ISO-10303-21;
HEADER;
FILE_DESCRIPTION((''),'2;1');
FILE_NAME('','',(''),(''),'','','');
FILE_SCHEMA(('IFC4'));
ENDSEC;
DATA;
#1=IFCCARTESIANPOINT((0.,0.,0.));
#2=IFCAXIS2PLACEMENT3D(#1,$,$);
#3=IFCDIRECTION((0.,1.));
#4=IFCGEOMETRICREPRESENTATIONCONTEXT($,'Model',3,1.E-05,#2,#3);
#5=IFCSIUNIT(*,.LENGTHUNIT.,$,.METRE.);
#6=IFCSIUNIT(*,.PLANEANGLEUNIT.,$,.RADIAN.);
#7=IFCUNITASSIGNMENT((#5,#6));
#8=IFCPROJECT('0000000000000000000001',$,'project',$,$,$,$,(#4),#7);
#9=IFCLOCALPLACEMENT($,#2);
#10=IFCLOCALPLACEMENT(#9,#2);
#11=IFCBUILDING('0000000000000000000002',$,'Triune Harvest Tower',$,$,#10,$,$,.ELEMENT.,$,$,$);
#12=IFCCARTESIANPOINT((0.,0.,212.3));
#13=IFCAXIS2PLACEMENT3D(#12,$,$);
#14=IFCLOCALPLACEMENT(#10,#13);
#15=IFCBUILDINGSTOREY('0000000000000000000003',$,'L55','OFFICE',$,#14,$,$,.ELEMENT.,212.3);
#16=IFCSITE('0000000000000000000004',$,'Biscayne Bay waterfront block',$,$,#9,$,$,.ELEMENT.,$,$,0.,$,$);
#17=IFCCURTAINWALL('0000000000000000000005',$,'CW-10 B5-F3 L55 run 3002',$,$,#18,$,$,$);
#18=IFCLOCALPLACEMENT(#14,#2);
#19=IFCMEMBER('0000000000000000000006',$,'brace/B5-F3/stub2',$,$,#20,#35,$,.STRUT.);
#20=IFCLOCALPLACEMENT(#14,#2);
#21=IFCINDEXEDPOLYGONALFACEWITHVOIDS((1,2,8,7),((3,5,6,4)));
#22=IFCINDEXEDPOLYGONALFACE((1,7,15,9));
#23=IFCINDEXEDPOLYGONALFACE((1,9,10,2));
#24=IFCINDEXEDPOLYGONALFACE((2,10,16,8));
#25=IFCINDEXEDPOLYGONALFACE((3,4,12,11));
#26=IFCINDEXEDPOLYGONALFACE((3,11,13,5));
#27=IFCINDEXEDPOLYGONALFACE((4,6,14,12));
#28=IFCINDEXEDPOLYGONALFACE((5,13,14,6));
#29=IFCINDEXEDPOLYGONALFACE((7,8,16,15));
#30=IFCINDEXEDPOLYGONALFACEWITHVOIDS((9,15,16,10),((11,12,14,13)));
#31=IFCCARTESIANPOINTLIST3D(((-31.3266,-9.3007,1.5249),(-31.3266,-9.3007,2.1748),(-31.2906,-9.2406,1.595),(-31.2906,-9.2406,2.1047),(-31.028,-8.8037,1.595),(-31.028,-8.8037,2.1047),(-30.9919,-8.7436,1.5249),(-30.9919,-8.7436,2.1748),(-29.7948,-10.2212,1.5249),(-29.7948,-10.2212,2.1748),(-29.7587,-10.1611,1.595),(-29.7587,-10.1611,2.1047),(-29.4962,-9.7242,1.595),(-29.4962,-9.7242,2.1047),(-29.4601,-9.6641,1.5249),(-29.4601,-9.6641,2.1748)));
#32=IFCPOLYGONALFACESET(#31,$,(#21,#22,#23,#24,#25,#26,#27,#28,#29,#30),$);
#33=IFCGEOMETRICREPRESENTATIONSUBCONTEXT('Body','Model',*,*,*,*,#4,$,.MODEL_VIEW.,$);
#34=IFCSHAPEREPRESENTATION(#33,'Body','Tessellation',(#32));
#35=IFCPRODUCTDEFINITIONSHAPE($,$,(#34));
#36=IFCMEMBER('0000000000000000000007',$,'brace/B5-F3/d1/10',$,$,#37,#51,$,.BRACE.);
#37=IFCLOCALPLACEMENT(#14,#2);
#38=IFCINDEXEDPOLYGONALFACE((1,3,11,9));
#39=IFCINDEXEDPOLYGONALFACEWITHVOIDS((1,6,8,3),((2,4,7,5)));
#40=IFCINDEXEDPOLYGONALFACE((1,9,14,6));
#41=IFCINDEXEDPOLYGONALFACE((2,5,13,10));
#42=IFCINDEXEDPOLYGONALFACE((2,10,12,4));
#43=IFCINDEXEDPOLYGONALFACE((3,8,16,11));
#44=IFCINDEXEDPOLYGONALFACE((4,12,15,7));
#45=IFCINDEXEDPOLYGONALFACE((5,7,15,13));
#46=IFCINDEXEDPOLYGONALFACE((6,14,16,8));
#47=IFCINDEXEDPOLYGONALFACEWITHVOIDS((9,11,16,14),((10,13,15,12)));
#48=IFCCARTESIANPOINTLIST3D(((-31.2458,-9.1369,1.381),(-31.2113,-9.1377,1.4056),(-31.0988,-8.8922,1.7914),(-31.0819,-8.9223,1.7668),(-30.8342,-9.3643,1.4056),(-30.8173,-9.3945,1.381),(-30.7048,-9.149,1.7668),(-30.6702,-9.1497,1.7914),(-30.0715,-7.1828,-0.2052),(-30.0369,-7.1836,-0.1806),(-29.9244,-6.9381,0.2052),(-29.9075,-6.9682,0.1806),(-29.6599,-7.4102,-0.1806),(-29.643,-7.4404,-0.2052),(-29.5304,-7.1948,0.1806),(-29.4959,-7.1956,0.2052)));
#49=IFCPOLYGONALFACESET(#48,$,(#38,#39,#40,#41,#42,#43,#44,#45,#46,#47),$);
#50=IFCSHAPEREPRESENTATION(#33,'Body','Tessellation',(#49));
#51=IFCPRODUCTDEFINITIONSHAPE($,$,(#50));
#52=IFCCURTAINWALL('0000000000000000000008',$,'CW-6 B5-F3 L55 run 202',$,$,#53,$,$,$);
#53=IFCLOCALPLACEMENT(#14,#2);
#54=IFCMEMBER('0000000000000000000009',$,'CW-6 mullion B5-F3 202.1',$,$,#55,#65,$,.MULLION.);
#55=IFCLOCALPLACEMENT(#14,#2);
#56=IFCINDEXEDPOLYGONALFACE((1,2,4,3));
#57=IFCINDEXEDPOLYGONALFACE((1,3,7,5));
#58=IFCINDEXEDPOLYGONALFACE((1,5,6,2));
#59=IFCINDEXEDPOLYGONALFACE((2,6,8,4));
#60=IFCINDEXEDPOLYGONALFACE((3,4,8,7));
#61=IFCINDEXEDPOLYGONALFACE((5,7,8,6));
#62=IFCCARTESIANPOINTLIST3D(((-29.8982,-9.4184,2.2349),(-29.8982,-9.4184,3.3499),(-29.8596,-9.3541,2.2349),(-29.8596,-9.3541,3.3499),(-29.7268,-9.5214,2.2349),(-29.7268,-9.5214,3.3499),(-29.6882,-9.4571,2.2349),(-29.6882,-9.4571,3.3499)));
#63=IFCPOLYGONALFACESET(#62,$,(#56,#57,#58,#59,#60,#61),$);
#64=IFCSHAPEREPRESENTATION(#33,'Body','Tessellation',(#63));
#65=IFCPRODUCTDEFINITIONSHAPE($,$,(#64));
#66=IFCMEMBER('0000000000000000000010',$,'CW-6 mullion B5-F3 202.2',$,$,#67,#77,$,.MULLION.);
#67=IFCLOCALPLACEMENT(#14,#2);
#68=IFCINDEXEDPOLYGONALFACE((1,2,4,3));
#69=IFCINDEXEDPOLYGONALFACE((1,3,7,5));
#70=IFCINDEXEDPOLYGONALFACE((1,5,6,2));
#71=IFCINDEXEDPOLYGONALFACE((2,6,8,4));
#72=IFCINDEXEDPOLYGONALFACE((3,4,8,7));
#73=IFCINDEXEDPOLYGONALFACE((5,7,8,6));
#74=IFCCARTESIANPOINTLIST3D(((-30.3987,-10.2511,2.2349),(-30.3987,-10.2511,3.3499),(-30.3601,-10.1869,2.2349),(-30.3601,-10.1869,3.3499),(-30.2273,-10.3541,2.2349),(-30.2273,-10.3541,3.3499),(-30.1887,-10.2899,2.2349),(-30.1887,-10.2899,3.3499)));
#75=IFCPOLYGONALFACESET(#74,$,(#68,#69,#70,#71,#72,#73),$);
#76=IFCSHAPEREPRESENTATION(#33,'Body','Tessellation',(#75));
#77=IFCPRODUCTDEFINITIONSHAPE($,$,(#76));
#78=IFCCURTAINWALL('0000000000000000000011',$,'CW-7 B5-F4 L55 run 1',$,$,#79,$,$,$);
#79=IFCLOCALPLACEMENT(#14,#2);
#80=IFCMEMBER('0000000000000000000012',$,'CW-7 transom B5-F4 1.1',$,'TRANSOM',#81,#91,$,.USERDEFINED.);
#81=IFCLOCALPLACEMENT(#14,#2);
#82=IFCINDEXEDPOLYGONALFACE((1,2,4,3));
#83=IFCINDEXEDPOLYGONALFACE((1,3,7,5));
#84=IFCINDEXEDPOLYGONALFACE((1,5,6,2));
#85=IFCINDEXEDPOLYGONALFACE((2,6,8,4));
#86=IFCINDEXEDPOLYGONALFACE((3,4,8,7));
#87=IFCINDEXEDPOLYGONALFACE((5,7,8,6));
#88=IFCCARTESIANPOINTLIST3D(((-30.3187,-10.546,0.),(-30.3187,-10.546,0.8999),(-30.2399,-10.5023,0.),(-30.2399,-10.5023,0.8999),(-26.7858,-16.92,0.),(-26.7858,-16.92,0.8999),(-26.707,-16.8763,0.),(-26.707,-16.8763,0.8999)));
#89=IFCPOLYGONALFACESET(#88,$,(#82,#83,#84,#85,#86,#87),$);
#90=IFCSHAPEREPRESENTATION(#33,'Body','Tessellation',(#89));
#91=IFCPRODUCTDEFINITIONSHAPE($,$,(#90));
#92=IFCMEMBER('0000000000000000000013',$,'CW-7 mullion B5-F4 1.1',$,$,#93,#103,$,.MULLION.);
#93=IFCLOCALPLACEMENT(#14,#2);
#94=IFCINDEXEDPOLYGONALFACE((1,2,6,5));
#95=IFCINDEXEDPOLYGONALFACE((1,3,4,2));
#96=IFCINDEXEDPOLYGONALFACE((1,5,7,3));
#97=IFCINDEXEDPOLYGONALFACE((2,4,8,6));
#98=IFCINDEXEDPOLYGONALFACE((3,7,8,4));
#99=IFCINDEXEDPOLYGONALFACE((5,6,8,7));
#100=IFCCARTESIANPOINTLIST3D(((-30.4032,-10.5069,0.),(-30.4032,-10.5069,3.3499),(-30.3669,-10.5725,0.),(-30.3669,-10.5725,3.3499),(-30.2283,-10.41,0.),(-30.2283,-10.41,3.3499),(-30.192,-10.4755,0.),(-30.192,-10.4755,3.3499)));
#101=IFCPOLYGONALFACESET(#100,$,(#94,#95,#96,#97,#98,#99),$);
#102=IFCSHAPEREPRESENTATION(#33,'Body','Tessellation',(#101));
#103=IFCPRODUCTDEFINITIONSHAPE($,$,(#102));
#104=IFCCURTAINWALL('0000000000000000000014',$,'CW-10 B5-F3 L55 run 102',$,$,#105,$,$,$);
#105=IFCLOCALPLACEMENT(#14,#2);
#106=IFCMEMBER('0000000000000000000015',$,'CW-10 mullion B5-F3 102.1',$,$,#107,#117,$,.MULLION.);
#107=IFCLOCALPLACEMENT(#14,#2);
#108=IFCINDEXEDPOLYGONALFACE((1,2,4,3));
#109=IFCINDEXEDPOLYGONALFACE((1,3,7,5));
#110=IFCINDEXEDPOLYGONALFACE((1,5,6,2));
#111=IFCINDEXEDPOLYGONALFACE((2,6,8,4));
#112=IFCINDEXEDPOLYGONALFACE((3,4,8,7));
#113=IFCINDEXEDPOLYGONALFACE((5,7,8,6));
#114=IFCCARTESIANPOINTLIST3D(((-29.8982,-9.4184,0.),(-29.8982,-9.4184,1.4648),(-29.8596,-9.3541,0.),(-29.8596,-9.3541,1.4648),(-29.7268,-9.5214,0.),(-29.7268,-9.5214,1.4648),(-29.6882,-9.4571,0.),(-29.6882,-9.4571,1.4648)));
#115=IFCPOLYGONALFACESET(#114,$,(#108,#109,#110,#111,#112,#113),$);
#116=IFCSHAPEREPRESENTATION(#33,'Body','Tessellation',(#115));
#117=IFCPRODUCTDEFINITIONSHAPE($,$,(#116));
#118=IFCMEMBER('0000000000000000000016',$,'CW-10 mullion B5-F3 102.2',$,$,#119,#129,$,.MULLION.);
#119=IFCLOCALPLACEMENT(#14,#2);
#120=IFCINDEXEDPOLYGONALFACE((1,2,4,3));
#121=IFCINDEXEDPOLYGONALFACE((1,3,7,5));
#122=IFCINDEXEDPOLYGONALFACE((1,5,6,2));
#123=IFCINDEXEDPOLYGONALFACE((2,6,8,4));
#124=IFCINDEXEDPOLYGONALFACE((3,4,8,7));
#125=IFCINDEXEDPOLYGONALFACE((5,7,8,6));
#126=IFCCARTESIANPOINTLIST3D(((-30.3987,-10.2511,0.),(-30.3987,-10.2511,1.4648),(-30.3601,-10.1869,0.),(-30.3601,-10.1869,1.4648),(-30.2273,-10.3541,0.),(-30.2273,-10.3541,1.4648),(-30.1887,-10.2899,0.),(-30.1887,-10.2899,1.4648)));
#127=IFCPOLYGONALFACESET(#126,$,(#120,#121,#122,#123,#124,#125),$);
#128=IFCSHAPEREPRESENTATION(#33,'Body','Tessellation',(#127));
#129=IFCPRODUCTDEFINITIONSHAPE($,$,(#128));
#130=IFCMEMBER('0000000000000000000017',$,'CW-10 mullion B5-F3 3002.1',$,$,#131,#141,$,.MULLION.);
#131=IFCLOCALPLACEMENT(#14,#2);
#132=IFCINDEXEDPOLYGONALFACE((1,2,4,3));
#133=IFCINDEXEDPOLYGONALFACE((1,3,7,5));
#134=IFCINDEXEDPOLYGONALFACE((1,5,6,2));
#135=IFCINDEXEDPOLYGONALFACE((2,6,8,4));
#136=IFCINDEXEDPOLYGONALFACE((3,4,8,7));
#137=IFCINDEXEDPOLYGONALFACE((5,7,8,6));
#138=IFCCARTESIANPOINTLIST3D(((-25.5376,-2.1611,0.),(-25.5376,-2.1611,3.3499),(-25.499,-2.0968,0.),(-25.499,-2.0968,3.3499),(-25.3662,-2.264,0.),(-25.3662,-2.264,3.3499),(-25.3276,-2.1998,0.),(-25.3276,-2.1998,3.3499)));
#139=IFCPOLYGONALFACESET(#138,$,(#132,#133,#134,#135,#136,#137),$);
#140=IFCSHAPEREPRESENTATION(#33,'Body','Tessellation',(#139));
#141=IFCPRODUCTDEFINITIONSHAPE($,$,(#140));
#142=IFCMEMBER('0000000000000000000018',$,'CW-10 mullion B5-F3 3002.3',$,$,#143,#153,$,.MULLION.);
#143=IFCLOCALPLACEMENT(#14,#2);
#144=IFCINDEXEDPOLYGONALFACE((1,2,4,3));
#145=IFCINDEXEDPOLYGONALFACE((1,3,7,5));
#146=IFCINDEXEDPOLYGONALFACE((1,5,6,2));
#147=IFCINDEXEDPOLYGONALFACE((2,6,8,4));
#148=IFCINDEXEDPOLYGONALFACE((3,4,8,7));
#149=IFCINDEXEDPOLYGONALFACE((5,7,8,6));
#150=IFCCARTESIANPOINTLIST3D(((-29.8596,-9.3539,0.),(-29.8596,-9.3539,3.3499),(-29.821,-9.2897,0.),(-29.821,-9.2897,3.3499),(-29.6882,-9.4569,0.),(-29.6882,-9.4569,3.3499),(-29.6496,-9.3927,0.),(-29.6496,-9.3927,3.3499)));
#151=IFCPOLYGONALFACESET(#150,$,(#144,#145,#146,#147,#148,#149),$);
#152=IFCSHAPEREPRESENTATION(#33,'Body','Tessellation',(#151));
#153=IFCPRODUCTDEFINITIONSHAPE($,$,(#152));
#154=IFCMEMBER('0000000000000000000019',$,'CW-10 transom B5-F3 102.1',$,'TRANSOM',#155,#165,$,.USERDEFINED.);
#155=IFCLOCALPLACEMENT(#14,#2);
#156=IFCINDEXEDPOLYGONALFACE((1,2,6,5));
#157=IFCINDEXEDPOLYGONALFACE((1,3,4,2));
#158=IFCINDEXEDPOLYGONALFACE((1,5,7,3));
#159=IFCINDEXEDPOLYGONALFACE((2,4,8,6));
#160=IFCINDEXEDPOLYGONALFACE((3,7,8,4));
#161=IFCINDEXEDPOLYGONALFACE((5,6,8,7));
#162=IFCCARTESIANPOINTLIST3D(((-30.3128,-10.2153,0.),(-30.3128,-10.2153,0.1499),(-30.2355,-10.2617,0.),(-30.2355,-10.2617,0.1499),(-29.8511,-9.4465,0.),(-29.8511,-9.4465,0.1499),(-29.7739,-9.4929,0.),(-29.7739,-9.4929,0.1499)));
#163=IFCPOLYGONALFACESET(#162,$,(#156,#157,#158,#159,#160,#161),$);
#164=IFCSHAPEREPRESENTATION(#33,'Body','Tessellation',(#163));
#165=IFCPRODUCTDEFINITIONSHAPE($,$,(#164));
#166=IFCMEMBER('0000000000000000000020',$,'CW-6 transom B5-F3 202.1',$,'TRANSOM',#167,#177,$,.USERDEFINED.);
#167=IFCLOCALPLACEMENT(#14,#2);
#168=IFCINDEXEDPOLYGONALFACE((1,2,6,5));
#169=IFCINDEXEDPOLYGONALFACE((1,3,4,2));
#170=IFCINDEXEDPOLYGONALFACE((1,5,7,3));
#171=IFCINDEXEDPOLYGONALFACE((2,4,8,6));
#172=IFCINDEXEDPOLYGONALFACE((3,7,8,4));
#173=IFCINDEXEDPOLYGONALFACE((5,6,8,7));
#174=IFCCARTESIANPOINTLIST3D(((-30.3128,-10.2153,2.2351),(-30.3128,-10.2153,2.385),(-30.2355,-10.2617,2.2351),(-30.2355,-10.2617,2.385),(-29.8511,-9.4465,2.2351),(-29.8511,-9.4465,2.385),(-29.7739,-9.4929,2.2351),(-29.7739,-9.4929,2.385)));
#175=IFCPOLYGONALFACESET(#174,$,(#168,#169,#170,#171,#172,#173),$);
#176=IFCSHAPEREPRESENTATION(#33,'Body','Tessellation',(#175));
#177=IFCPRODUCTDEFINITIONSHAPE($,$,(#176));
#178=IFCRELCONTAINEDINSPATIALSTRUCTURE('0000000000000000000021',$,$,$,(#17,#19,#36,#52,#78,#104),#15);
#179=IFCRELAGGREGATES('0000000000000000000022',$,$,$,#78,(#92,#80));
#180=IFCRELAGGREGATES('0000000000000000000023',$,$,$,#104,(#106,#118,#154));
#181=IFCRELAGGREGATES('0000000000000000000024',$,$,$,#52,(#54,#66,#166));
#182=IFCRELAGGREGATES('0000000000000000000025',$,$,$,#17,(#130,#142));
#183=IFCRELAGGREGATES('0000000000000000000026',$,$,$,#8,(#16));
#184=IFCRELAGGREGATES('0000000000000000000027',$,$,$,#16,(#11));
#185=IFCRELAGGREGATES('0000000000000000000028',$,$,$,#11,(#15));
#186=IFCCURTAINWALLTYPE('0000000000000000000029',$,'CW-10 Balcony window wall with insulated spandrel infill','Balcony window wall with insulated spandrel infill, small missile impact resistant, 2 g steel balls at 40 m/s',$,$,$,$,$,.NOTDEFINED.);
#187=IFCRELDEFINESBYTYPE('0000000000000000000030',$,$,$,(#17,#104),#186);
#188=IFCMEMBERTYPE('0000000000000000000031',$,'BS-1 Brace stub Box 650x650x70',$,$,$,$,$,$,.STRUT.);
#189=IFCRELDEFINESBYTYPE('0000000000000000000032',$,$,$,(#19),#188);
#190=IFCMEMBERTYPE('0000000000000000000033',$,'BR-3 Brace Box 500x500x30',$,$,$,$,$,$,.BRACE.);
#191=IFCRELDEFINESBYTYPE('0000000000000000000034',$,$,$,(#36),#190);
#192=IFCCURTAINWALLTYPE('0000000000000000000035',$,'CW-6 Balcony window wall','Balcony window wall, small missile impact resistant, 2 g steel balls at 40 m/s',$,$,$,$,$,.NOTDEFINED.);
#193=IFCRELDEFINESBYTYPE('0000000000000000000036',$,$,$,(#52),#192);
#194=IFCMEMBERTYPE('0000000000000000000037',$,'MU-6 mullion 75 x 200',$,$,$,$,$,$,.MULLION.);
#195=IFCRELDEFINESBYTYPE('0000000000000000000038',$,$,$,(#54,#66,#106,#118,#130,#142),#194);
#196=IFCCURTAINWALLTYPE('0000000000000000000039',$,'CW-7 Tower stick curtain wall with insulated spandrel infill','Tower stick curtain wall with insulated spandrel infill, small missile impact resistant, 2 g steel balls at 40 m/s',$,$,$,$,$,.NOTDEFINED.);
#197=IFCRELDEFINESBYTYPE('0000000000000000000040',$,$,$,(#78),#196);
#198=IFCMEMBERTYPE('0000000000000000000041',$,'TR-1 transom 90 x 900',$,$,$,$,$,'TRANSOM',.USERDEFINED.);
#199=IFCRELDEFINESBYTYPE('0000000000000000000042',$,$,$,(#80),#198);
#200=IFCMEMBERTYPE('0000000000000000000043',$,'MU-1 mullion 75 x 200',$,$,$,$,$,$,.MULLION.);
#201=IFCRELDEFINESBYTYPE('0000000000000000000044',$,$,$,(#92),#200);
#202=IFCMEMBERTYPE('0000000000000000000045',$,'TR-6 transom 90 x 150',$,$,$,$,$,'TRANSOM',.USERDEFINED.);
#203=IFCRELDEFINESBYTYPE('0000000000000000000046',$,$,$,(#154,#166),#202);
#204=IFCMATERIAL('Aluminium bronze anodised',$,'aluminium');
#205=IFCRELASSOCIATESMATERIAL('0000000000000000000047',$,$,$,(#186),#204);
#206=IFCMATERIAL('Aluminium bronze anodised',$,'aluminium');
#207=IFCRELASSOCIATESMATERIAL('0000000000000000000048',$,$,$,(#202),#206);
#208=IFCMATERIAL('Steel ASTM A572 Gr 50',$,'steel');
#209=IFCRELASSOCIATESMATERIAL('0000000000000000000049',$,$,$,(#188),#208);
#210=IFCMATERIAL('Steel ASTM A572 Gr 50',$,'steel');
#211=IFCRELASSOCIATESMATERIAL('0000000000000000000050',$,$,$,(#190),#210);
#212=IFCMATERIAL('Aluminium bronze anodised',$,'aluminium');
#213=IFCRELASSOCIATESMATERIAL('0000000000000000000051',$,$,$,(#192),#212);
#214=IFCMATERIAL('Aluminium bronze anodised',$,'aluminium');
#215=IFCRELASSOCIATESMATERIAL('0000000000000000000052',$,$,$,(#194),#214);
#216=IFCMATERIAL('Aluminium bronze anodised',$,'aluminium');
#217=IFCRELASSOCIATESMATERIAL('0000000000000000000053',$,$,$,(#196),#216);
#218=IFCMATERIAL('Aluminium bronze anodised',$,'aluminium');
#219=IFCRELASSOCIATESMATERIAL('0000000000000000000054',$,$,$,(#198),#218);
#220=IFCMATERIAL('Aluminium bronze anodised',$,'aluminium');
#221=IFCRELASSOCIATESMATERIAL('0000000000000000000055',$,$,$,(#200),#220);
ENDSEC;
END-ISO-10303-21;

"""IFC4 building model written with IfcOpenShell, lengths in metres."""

from ifc_helpers import new_model, si_unit, direction, frame, origin, origin_2d, place, context, subcontext, project, spatial, rectangle, hollow_rectangle, extrude, source, transform, mapped, material, material_profile, profile_set, type_object, element, aggregate, save


model = new_model("IFC4")

# Units and contexts
model_context = context("Model", 3, precision=1e-05, world=origin(), true_north=direction((0.0, 1.0)))
body_context = subcontext(model_context, "Body", "Model", "MODEL_VIEW")
ifc_project = project(units=[si_unit("LENGTHUNIT", "METRE"), si_unit("PLANEANGLEUNIT", "RADIAN")], contexts=[model_context])

# Site, building, storey
site_placement = place(None, origin())
site = spatial("IfcSite", under=ifc_project, at=site_placement, Name="Biscayne Bay waterfront block", CompositionType="ELEMENT", RefElevation=0.0)
building_placement = place(site_placement, origin())
building = spatial("IfcBuilding", under=site, at=building_placement, Name="Triune Harvest Tower", CompositionType="ELEMENT")
storey_placement = place(building_placement, frame((0.0, 0.0, 212.3)))
storey = spatial("IfcBuildingStorey", under=building, at=storey_placement, Name="L55", Description="OFFICE", CompositionType="ELEMENT", Elevation=212.3)

# Curtain wall
ifc_material_1 = material(Name="Aluminium bronze anodised", Category="aluminium")
curtain_wall_type_1 = type_object("IfcCurtainWallType", Name="CW-10 Balcony window wall with insulated spandrel infill", Description="Balcony window wall with insulated spandrel infill, small missile impact resistant, 2 g steel balls at 40 m/s", PredefinedType="NOTDEFINED", material=ifc_material_1)
curtain_wall_1_placement = place(storey_placement, origin())
curtain_wall_1 = element("IfcCurtainWall", 1, at=curtain_wall_1_placement, inside=storey, type_object=curtain_wall_type_1, Name="CW-10 B5-F3 L55 run 3002")
ifc_material_2 = material(Name="Aluminium bronze anodised", Category="aluminium")
ifc_material_profile_1 = material_profile(ifc_material_2, rectangle(XDim=0.0901, YDim=0.1499, at=origin_2d()), Name="TR-6 transom 90 x 150")
ifc_profile_set_1 = profile_set([ifc_material_profile_1], Name="Aluminium bronze anodised")
member_type_1 = type_object("IfcMemberType", Name="TR-6 transom 90 x 150", ElementType="TRANSOM", PredefinedType="USERDEFINED", material=ifc_profile_set_1)

# Members
ifc_material_3 = material(Name="Steel ASTM A572 Gr 50", Category="steel")
ifc_material_profile_2 = material_profile(ifc_material_3, hollow_rectangle(XDim=0.6499, YDim=0.6499, WallThickness=0.0701, at=origin_2d()), Name="Box 650x650x70")
ifc_profile_set_2 = profile_set([ifc_material_profile_2], Name="Steel ASTM A572 Gr 50")
member_type_2 = type_object("IfcMemberType", Name="BS-1 Brace stub Box 650x650x70", PredefinedType="STRUT", material=ifc_profile_set_2)
shared_shape_1 = source(origin(), body_context, "Body", "SweptSolid", [
    extrude(hollow_rectangle(XDim=0.6499, YDim=0.6499, WallThickness=0.0701, at=origin_2d()), origin(), (0.0, 0.0, 1.0), 1.7871),
])
member_1_placement = place(storey_placement, frame((-29.6274, -9.9426, 1.8499), z_axis=(-0.857155, 0.515058, 0.0), x_axis=(-0.515058, -0.857155, 0.0)))
element("IfcMember", 2, at=member_1_placement, inside=storey, type_object=member_type_2, Name="brace/B5-F3/stub2", PredefinedType="STRUT", context=body_context, shape_type="MappedRepresentation", body=[
    mapped(shared_shape_1, transform((0.0, 0.0, 0.0), scale=1.0)),
])
ifc_material_4 = material(Name="Steel ASTM A572 Gr 50", Category="steel")
ifc_material_profile_3 = material_profile(ifc_material_4, hollow_rectangle(XDim=0.5, YDim=0.5, WallThickness=0.03, at=origin_2d()), Name="Box 500x500x30")
ifc_profile_set_3 = profile_set([ifc_material_profile_3], Name="Steel ASTM A572 Gr 50")
member_type_3 = type_object("IfcMemberType", Name="BR-3 Brace Box 500x500x30", PredefinedType="BRACE", material=ifc_profile_set_3)
shared_shape_2 = source(origin(), body_context, "Body", "SweptSolid", [
    extrude(hollow_rectangle(XDim=0.5, YDim=0.5, WallThickness=0.03, at=origin_2d()), origin(), (0.0, 0.0, 1.0), 2.7773),
])
member_2_placement = place(storey_placement, frame((-29.7837, -7.1892, 0.0), z_axis=(-0.422824, -0.703593, 0.57112), x_axis=(0.857134, -0.515094, 0.0)))
element("IfcMember", 3, at=member_2_placement, inside=storey, type_object=member_type_3, Name="brace/B5-F3/d1/10", PredefinedType="BRACE", context=body_context, shape_type="MappedRepresentation", body=[
    mapped(shared_shape_2, transform((0.0, 0.0, 0.0), scale=1.0)),
])

# Curtain walls, members
ifc_material_5 = material(Name="Aluminium bronze anodised", Category="aluminium")
curtain_wall_type_2 = type_object("IfcCurtainWallType", Name="CW-6 Balcony window wall", Description="Balcony window wall, small missile impact resistant, 2 g steel balls at 40 m/s", PredefinedType="NOTDEFINED", material=ifc_material_5)
curtain_wall_2_placement = place(storey_placement, origin())
curtain_wall_2 = element("IfcCurtainWall", 4, at=curtain_wall_2_placement, inside=storey, type_object=curtain_wall_type_2, Name="CW-6 B5-F3 L55 run 202")
ifc_material_6 = material(Name="Aluminium bronze anodised", Category="aluminium")
ifc_material_profile_4 = material_profile(ifc_material_6, rectangle(XDim=0.2, YDim=0.075, at=origin_2d()), Name="MU-6 mullion 75 x 200")
ifc_profile_set_4 = profile_set([ifc_material_profile_4], Name="Aluminium bronze anodised")
member_type_4 = type_object("IfcMemberType", Name="MU-6 mullion 75 x 200", PredefinedType="MULLION", material=ifc_profile_set_4)
shared_shape_3 = source(origin(), body_context, "Body", "SweptSolid", [
    extrude(rectangle(XDim=0.2, YDim=0.075, at=origin_2d()), origin(), (0.0, 0.0, 1.0), 1.115),
])
member_3_placement = place(storey_placement, frame((-29.7932, -9.4377, 2.2349), z_axis=(0.0, 0.0, 1.0), x_axis=(0.857206, -0.514973, 0.0)))
member_3 = element("IfcMember", 5, at=member_3_placement, type_object=member_type_4, Name="CW-6 mullion B5-F3 202.1", PredefinedType="MULLION", context=body_context, shape_type="MappedRepresentation", body=[
    mapped(shared_shape_3, transform((0.0, 0.0, 0.0), scale=1.0)),
])
member_4_placement = place(storey_placement, frame((-30.2937, -10.2705, 2.2349), z_axis=(0.0, 0.0, 1.0), x_axis=(0.857206, -0.514973, 0.0)))
member_4 = element("IfcMember", 6, at=member_4_placement, type_object=member_type_4, Name="CW-6 mullion B5-F3 202.2", PredefinedType="MULLION", context=body_context, shape_type="MappedRepresentation", body=[
    mapped(shared_shape_3, transform((0.0, 0.0, 0.0), scale=1.0)),
])
ifc_material_7 = material(Name="Aluminium bronze anodised", Category="aluminium")
curtain_wall_type_3 = type_object("IfcCurtainWallType", Name="CW-7 Tower stick curtain wall with insulated spandrel infill", Description="Tower stick curtain wall with insulated spandrel infill, small missile impact resistant, 2 g steel balls at 40 m/s", PredefinedType="NOTDEFINED", material=ifc_material_7)
curtain_wall_3_placement = place(storey_placement, origin())
curtain_wall_3 = element("IfcCurtainWall", 7, at=curtain_wall_3_placement, inside=storey, type_object=curtain_wall_type_3, Name="CW-7 B5-F4 L55 run 1")
ifc_material_8 = material(Name="Aluminium bronze anodised", Category="aluminium")
ifc_material_profile_5 = material_profile(ifc_material_8, rectangle(XDim=0.0901, YDim=0.8999, at=origin_2d()), Name="TR-1 transom 90 x 900")
ifc_profile_set_5 = profile_set([ifc_material_profile_5], Name="Aluminium bronze anodised")
member_type_5 = type_object("IfcMemberType", Name="TR-1 transom 90 x 900", ElementType="TRANSOM", PredefinedType="USERDEFINED", material=ifc_profile_set_5)
shared_shape_4 = source(origin(), body_context, "Body", "SweptSolid", [
    extrude(rectangle(XDim=0.0901, YDim=0.8999, at=origin_2d()), origin(), (0.0, 0.0, 1.0), 7.2876),
])
member_5_placement = place(storey_placement, frame((-30.2793, -10.5242, 0.45), z_axis=(0.484787, -0.874633, 0.0), x_axis=(0.874633, 0.484787, 0.0)))
member_5 = element("IfcMember", 8, at=member_5_placement, type_object=member_type_5, Name="CW-7 transom B5-F4 1.1", ObjectType="TRANSOM", PredefinedType="USERDEFINED", context=body_context, shape_type="MappedRepresentation", body=[
    mapped(shared_shape_4, transform((0.0, 0.0, 0.0), scale=1.0)),
])
ifc_material_9 = material(Name="Aluminium bronze anodised", Category="aluminium")
ifc_material_profile_6 = material_profile(ifc_material_9, rectangle(XDim=0.2, YDim=0.075, at=origin_2d()), Name="MU-1 mullion 75 x 200")
ifc_profile_set_6 = profile_set([ifc_material_profile_6], Name="Aluminium bronze anodised")
member_type_6 = type_object("IfcMemberType", Name="MU-1 mullion 75 x 200", PredefinedType="MULLION", material=ifc_profile_set_6)
shared_shape_5 = source(origin(), body_context, "Body", "SweptSolid", [
    extrude(rectangle(XDim=0.2, YDim=0.075, at=origin_2d()), origin(), (0.0, 0.0, 1.0), 3.3499),
])
member_6_placement = place(storey_placement, frame((-30.2976, -10.4912, 0.0), z_axis=(0.0, 0.0, 1.0), x_axis=(0.874624, 0.484802, 0.0)))
member_6 = element("IfcMember", 9, at=member_6_placement, type_object=member_type_6, Name="CW-7 mullion B5-F4 1.1", PredefinedType="MULLION", context=body_context, shape_type="MappedRepresentation", body=[
    mapped(shared_shape_5, transform((0.0, 0.0, 0.0), scale=1.0)),
])
aggregate(curtain_wall_3, [member_6, member_5])
curtain_wall_4_placement = place(storey_placement, origin())
curtain_wall_4 = element("IfcCurtainWall", 10, at=curtain_wall_4_placement, inside=storey, type_object=curtain_wall_type_1, Name="CW-10 B5-F3 L55 run 102")
shared_shape_6 = source(origin(), body_context, "Body", "SweptSolid", [
    extrude(rectangle(XDim=0.2, YDim=0.075, at=origin_2d()), origin(), (0.0, 0.0, 1.0), 1.4648),
])
member_7_placement = place(storey_placement, frame((-29.7932, -9.4377, 0.0), z_axis=(0.0, 0.0, 1.0), x_axis=(0.857206, -0.514973, 0.0)))
member_7 = element("IfcMember", 11, at=member_7_placement, type_object=member_type_4, Name="CW-10 mullion B5-F3 102.1", PredefinedType="MULLION", context=body_context, shape_type="MappedRepresentation", body=[
    mapped(shared_shape_6, transform((0.0, 0.0, 0.0), scale=1.0)),
])
member_8_placement = place(storey_placement, frame((-30.2937, -10.2705, 0.0), z_axis=(0.0, 0.0, 1.0), x_axis=(0.857206, -0.514973, 0.0)))
member_8 = element("IfcMember", 12, at=member_8_placement, type_object=member_type_4, Name="CW-10 mullion B5-F3 102.2", PredefinedType="MULLION", context=body_context, shape_type="MappedRepresentation", body=[
    mapped(shared_shape_6, transform((0.0, 0.0, 0.0), scale=1.0)),
])

# Members
shared_shape_7 = source(origin(), body_context, "Body", "SweptSolid", [
    extrude(rectangle(XDim=0.2, YDim=0.075, at=origin_2d()), origin(), (0.0, 0.0, 1.0), 3.3499),
])
member_9_placement = place(storey_placement, frame((-25.4326, -2.1804, 0.0), z_axis=(0.0, 0.0, 1.0), x_axis=(0.857169, -0.515036, 0.0)))
member_9 = element("IfcMember", 13, at=member_9_placement, type_object=member_type_4, Name="CW-10 mullion B5-F3 3002.1", PredefinedType="MULLION", context=body_context, shape_type="MappedRepresentation", body=[
    mapped(shared_shape_7, transform((0.0, 0.0, 0.0), scale=1.0)),
])
member_10_placement = place(storey_placement, frame((-29.7546, -9.3733, 0.0), z_axis=(0.0, 0.0, 1.0), x_axis=(0.857169, -0.515036, 0.0)))
member_10 = element("IfcMember", 14, at=member_10_placement, type_object=member_type_4, Name="CW-10 mullion B5-F3 3002.3", PredefinedType="MULLION", context=body_context, shape_type="MappedRepresentation", body=[
    mapped(shared_shape_7, transform((0.0, 0.0, 0.0), scale=1.0)),
])
shared_shape_8 = source(origin(), body_context, "Body", "SweptSolid", [
    extrude(rectangle(XDim=0.0901, YDim=0.1499, at=origin_2d()), origin(), (0.0, 0.0, 1.0), 0.8967),
])
member_11_placement = place(storey_placement, frame((-29.8125, -9.4697, 0.075), z_axis=(-0.514816, -0.857301, 0.0), x_axis=(0.857301, -0.514816, 0.0)))
member_11 = element("IfcMember", 15, at=member_11_placement, type_object=member_type_1, Name="CW-10 transom B5-F3 102.1", ObjectType="TRANSOM", PredefinedType="USERDEFINED", context=body_context, shape_type="MappedRepresentation", body=[
    mapped(shared_shape_8, transform((0.0, 0.0, 0.0), scale=1.0)),
])
member_12_placement = place(storey_placement, frame((-29.8125, -9.4697, 2.3101), z_axis=(-0.514816, -0.857301, 0.0), x_axis=(0.857301, -0.514816, 0.0)))
member_12 = element("IfcMember", 16, at=member_12_placement, type_object=member_type_1, Name="CW-6 transom B5-F3 202.1", ObjectType="TRANSOM", PredefinedType="USERDEFINED", context=body_context, shape_type="MappedRepresentation", body=[
    mapped(shared_shape_8, transform((0.0, 0.0, 0.0), scale=1.0)),
])

aggregate(curtain_wall_4, [member_7, member_8, member_11])
aggregate(curtain_wall_2, [member_3, member_4, member_12])
aggregate(curtain_wall_1, [member_9, member_10])

save(model, "model.ifc")
